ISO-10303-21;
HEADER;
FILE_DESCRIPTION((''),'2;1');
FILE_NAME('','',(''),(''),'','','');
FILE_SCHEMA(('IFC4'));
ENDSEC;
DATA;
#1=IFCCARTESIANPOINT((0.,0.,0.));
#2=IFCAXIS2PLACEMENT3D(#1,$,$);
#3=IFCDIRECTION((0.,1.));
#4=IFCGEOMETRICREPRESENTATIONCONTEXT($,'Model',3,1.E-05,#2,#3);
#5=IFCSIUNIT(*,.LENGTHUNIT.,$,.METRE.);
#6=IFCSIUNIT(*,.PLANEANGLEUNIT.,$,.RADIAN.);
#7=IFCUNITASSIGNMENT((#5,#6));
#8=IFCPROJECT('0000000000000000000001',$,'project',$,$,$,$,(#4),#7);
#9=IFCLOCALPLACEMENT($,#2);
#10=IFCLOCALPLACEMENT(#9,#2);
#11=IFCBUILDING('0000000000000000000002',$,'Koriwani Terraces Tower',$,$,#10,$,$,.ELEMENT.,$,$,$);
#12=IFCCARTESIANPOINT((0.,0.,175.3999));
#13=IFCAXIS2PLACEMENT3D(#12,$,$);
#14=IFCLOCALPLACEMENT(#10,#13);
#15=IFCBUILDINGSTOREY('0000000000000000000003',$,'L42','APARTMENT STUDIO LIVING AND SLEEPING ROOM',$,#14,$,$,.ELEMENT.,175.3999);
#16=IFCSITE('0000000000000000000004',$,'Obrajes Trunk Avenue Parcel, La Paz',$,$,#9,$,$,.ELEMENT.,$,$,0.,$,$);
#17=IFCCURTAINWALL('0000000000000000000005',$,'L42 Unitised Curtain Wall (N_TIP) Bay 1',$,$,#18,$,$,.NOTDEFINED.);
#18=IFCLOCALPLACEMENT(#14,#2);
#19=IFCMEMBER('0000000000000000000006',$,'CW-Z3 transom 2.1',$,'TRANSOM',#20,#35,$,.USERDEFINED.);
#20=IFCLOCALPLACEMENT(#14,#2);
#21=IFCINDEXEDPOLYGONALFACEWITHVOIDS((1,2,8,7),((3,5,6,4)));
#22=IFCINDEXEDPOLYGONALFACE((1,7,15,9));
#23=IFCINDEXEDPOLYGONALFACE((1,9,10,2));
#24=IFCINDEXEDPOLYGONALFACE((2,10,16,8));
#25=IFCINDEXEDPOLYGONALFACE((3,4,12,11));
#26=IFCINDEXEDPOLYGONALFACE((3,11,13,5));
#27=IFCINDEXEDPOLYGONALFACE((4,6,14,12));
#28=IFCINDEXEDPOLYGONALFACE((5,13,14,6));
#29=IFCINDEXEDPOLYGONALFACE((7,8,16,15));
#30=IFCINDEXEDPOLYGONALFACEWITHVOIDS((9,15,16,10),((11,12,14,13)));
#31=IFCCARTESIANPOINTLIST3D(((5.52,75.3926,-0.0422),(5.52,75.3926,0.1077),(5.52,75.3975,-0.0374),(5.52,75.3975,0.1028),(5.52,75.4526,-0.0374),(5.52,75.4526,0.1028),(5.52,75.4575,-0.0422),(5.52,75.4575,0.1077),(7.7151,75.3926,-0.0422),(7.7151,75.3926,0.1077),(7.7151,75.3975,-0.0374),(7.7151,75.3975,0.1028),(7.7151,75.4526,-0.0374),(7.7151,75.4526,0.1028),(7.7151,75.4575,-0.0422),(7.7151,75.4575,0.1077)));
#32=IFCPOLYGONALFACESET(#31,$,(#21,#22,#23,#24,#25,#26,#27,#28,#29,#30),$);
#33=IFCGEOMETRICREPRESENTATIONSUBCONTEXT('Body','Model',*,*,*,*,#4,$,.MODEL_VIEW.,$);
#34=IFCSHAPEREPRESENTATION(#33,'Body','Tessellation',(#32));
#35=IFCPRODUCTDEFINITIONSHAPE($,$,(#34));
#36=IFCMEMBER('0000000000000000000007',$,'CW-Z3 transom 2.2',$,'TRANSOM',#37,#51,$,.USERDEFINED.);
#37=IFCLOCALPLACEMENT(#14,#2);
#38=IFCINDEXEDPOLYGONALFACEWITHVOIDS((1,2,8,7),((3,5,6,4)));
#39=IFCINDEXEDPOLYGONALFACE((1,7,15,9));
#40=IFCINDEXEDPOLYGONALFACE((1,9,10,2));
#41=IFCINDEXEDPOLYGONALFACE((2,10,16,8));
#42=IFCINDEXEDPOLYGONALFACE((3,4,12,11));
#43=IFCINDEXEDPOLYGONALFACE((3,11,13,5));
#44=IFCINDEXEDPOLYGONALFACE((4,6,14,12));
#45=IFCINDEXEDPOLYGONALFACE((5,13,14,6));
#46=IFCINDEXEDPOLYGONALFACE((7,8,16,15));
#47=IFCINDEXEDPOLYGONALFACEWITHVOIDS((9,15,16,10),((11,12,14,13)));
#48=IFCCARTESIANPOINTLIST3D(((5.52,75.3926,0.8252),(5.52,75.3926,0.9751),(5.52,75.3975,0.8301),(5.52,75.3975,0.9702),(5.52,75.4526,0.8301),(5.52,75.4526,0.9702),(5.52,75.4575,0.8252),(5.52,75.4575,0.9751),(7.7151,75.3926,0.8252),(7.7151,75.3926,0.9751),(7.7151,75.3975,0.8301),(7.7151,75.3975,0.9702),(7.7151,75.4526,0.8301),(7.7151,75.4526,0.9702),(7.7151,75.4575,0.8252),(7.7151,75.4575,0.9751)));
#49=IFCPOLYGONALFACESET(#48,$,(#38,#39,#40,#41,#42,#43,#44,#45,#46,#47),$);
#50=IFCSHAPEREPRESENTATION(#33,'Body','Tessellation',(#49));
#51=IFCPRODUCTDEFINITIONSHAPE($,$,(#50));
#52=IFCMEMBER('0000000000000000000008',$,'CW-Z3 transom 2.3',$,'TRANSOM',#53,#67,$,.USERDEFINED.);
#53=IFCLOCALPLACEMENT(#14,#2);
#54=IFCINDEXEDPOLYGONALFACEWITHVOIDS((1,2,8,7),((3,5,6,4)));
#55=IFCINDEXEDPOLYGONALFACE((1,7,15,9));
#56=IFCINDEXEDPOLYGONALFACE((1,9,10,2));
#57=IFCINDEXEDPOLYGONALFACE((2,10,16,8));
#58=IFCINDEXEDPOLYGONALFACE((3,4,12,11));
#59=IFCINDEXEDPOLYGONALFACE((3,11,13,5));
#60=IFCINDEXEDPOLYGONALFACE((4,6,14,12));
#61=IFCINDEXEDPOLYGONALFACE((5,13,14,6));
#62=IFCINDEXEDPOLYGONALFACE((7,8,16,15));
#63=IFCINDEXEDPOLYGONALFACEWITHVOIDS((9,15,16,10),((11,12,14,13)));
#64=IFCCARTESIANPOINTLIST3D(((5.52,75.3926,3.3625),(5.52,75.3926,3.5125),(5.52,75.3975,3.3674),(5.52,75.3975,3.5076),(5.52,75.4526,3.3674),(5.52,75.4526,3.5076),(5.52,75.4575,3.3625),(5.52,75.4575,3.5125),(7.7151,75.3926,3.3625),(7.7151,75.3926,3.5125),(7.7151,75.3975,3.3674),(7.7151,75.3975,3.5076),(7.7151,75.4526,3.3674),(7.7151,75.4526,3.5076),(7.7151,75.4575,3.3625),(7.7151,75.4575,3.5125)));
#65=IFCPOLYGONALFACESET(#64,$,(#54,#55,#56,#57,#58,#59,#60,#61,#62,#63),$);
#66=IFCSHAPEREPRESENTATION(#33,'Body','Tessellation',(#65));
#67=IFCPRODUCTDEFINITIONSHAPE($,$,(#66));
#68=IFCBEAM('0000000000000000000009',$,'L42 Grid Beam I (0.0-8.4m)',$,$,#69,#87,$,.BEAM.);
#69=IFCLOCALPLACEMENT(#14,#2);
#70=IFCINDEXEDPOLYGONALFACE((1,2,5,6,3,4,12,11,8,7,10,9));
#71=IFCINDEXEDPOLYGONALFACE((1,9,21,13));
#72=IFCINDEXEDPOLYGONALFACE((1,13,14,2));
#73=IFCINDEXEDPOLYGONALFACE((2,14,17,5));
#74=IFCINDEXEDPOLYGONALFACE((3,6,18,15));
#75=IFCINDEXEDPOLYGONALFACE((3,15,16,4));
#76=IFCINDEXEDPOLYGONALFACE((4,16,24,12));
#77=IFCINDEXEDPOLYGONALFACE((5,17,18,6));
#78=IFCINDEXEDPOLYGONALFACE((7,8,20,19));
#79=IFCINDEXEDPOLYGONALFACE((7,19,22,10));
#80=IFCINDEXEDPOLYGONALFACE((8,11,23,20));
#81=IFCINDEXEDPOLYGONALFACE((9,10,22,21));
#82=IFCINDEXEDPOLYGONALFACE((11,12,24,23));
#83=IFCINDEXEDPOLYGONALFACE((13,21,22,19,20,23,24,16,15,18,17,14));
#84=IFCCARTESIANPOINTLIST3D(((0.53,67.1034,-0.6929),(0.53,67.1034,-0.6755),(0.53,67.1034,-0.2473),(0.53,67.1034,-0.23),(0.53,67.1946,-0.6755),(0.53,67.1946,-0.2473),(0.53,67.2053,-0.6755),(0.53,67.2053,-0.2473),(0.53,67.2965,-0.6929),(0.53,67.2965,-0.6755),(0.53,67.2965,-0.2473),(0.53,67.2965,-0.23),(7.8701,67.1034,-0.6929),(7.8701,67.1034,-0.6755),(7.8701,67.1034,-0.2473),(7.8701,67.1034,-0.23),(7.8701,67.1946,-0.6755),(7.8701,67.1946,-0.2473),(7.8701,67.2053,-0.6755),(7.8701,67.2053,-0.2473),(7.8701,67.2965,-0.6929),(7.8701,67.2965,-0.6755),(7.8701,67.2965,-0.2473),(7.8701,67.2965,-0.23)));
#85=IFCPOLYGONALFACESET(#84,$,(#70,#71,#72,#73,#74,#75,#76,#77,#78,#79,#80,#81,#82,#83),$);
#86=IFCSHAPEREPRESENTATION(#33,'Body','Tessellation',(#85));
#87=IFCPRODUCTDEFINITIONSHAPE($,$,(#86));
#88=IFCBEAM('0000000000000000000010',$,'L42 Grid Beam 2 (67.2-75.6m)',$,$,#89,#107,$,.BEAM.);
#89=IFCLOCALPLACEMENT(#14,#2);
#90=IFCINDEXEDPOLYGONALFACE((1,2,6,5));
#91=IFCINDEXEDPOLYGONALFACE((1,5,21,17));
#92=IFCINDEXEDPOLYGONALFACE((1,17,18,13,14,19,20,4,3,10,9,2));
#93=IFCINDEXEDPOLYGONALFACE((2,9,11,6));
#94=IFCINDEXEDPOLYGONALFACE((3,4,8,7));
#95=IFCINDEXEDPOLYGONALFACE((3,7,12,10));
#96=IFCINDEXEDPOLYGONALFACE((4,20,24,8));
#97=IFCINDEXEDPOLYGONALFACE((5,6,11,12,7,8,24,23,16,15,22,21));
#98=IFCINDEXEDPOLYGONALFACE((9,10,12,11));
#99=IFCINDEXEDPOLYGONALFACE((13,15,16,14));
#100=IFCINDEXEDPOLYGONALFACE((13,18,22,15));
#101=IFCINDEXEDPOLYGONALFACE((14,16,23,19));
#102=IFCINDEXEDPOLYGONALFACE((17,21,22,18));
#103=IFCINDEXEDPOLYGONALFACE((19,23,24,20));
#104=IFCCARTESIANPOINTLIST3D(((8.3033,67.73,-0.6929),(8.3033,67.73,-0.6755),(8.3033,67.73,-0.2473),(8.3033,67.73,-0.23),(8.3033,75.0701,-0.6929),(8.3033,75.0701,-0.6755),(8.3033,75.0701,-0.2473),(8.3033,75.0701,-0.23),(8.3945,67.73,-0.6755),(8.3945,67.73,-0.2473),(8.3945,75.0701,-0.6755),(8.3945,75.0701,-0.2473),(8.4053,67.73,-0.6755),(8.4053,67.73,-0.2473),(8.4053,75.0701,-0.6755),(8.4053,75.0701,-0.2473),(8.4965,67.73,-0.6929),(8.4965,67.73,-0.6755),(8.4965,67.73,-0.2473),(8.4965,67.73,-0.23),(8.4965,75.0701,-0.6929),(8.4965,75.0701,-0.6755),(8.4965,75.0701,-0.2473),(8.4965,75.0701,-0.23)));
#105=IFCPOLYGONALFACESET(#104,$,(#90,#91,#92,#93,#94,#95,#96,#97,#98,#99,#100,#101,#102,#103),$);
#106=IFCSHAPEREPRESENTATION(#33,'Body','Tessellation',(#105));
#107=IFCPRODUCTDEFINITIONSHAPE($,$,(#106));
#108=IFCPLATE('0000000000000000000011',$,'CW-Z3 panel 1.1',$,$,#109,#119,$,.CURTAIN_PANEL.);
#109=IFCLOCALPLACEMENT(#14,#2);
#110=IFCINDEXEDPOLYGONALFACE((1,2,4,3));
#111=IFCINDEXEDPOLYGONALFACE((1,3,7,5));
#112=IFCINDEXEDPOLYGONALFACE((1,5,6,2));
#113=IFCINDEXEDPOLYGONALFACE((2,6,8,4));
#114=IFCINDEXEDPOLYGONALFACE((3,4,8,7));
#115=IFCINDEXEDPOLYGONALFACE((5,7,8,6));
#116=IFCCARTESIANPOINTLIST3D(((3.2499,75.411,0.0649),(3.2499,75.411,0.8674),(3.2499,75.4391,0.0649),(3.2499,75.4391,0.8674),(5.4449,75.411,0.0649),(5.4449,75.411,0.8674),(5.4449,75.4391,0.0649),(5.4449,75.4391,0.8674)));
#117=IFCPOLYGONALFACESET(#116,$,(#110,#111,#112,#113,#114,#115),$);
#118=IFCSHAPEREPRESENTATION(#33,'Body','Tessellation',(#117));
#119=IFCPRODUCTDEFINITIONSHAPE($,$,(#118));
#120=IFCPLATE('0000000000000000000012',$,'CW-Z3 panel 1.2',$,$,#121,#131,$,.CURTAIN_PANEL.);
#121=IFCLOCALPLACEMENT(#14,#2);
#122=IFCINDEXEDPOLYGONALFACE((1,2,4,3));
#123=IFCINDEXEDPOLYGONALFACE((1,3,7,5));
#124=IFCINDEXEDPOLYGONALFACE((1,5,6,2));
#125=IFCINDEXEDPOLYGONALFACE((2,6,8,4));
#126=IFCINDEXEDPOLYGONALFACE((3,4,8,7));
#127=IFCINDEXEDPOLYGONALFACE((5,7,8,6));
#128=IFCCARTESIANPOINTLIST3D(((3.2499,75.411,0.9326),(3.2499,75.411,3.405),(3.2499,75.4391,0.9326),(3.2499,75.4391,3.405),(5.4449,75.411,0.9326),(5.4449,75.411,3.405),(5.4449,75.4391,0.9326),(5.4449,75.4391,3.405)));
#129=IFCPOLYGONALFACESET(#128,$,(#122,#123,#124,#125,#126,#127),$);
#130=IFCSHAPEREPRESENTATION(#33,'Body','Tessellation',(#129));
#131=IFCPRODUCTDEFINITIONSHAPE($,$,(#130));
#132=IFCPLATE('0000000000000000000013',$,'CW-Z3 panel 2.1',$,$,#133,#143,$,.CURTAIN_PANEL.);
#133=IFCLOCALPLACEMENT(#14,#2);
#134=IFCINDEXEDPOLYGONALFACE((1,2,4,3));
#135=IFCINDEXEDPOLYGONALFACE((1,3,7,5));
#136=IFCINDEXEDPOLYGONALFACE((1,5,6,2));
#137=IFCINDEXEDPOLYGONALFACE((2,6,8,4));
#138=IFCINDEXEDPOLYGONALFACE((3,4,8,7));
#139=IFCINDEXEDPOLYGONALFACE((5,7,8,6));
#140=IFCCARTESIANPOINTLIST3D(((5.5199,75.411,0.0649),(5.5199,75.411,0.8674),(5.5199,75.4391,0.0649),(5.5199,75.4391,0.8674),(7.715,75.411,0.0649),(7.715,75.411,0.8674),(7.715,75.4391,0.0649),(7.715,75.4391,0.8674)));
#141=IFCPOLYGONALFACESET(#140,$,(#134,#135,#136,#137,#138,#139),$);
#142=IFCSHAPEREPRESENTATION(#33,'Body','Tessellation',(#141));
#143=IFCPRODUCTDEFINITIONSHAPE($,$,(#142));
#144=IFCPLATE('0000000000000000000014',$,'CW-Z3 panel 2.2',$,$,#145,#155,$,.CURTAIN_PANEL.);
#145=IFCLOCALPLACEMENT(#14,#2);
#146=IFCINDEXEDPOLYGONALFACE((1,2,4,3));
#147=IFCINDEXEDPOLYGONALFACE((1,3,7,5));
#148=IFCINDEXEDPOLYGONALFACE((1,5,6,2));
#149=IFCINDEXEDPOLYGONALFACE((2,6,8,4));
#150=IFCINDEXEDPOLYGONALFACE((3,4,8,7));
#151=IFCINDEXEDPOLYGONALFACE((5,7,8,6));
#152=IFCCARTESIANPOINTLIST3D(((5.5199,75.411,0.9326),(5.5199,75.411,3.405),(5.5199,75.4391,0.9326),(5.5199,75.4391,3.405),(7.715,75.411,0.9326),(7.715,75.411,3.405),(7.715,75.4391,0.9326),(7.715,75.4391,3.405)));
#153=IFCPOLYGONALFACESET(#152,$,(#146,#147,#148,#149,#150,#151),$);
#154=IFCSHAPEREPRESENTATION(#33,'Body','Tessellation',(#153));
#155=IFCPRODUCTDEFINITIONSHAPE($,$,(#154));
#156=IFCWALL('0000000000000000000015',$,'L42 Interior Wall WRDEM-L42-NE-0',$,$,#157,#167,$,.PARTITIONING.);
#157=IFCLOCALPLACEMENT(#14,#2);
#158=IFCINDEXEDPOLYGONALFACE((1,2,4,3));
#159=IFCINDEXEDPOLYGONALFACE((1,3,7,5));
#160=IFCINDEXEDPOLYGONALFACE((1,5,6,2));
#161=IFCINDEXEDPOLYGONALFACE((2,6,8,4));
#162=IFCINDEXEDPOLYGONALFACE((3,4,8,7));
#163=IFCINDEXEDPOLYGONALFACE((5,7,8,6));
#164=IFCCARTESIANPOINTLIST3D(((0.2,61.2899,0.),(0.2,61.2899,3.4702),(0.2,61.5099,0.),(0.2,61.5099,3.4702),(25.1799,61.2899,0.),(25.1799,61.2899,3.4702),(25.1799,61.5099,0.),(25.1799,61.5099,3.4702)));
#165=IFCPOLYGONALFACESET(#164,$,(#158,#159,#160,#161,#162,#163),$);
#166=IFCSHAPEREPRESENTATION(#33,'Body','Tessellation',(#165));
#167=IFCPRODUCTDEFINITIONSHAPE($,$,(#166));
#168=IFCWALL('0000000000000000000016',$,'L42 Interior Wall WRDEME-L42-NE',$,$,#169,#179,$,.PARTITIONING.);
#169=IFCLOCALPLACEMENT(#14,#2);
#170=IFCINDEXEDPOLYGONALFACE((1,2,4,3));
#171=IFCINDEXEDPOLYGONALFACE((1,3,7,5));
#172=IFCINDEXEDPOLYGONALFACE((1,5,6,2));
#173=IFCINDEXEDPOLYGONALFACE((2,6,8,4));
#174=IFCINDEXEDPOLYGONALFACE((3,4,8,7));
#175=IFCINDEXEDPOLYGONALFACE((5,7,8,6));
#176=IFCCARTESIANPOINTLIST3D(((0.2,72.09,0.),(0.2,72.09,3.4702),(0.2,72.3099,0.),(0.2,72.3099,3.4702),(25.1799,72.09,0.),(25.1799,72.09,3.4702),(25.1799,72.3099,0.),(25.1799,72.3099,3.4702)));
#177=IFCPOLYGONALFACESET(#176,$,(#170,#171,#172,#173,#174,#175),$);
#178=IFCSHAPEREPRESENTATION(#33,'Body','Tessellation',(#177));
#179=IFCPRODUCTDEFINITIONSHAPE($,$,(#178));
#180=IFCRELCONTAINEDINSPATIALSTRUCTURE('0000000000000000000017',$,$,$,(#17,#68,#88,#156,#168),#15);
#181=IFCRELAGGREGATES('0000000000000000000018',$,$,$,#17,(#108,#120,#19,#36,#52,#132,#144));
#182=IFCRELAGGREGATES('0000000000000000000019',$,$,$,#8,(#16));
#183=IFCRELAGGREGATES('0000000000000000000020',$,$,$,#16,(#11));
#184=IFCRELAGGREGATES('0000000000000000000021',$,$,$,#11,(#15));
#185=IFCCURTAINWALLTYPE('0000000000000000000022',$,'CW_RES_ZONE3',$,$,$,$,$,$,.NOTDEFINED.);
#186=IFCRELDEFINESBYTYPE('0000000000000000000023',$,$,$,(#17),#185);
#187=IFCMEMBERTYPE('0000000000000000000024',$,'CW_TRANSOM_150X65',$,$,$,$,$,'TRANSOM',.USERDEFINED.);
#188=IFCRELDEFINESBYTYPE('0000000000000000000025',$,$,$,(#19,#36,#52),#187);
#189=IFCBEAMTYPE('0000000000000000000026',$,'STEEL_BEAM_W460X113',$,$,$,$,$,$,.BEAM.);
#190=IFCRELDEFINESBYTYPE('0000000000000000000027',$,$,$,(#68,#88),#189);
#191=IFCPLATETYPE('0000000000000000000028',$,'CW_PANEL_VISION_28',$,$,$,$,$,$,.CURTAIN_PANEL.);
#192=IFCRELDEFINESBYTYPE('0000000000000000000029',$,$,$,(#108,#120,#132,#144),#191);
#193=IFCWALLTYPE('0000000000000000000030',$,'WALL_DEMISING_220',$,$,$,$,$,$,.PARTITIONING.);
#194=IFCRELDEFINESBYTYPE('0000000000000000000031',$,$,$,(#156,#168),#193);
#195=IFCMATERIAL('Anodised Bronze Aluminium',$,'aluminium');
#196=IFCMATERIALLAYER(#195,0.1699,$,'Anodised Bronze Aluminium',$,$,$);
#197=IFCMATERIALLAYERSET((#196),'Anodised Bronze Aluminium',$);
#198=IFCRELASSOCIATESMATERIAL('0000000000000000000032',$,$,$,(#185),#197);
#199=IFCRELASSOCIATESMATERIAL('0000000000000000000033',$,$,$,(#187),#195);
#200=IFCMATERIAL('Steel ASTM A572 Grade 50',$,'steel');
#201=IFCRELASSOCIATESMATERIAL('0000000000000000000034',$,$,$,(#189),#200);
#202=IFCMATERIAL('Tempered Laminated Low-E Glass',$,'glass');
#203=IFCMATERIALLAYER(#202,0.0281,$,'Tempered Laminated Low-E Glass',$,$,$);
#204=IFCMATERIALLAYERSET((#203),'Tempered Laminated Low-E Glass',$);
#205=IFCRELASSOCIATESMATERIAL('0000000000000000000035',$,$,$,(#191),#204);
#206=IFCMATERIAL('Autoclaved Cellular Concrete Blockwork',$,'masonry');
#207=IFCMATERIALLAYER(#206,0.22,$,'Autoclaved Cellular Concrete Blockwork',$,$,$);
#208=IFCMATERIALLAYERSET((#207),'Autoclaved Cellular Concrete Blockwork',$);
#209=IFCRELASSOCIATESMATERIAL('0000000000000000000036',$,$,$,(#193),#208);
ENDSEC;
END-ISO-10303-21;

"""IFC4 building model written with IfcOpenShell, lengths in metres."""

from ifc_helpers import new_model, si_unit, direction, frame, frame_2d, origin, origin_2d, place, context, subcontext, project, spatial, rectangle, hollow_rectangle, i_section, extrude, material, layer, layer_set, material_profile, profile_set, type_object, element, aggregate, save


model = new_model("IFC4")

# Units and contexts
model_context = context("Model", 3, precision=1e-05, world=origin(), true_north=direction((0.0, 1.0)))
body_context = subcontext(model_context, "Body", "Model", "MODEL_VIEW")
ifc_project = project(units=[si_unit("LENGTHUNIT", "METRE"), si_unit("PLANEANGLEUNIT", "RADIAN")], contexts=[model_context])

# Site, building, storey
site_placement = place(None, origin())
site = spatial("IfcSite", under=ifc_project, at=site_placement, Name="Obrajes Trunk Avenue Parcel, La Paz", CompositionType="ELEMENT", RefElevation=0.0)
building_placement = place(site_placement, origin())
building = spatial("IfcBuilding", under=site, at=building_placement, Name="Koriwani Terraces Tower", CompositionType="ELEMENT")
storey_placement = place(building_placement, frame((0.0, 0.0, 175.3999)))
storey = spatial("IfcBuildingStorey", under=building, at=storey_placement, Name="L42", Description="APARTMENT STUDIO LIVING AND SLEEPING ROOM", CompositionType="ELEMENT", Elevation=175.3999)

# Curtain wall, members
ifc_material_1 = material(Name="Anodised Bronze Aluminium", Category="aluminium")
ifc_layer_1 = layer(ifc_material_1, 0.1699, Name="Anodised Bronze Aluminium")
ifc_layer_set_1 = layer_set([ifc_layer_1], Name="Anodised Bronze Aluminium")
curtain_wall_type = type_object("IfcCurtainWallType", Name="CW_RES_ZONE3", PredefinedType="NOTDEFINED", material=ifc_layer_set_1)
curtain_wall_placement = place(storey_placement, origin())
curtain_wall = element("IfcCurtainWall", 1, at=curtain_wall_placement, inside=storey, type_object=curtain_wall_type, Name="L42 Unitised Curtain Wall (N_TIP) Bay 1", PredefinedType="NOTDEFINED")
ifc_material_profile_1 = material_profile(ifc_material_1, hollow_rectangle(XDim=0.0649, YDim=0.1499, WallThickness=0.0049, at=origin_2d()), Name="Anodised Bronze Aluminium", Category="LoadBearing")
ifc_profile_set_1 = profile_set([ifc_material_profile_1], Name="Anodised Bronze Aluminium")
member_type_1 = type_object("IfcMemberType", Name="CW_TRANSOM_150X65", ElementType="TRANSOM", PredefinedType="USERDEFINED", material=ifc_profile_set_1)
member_1_placement = place(storey_placement, frame((5.52, 75.425, 0.0327), z_axis=(1.0, 0.0, 0.0), x_axis=(0.0, 1.0, 0.0)))
member_1 = element("IfcMember", 2, at=member_1_placement, type_object=member_type_1, Name="CW-Z3 transom 2.1", ObjectType="TRANSOM", PredefinedType="USERDEFINED", context=body_context, shape_type="SweptSolid", body=[
    extrude(hollow_rectangle(XDim=0.0649, YDim=0.1499, WallThickness=0.0049, at=origin_2d()), origin(), (0.0, 0.0, 1.0), 2.1951),
])
member_2_placement = place(storey_placement, frame((5.52, 75.425, 0.9001), z_axis=(1.0, 0.0, 0.0), x_axis=(0.0, 1.0, 0.0)))
member_2 = element("IfcMember", 3, at=member_2_placement, type_object=member_type_1, Name="CW-Z3 transom 2.2", ObjectType="TRANSOM", PredefinedType="USERDEFINED", context=body_context, shape_type="SweptSolid", body=[
    extrude(hollow_rectangle(XDim=0.0649, YDim=0.1499, WallThickness=0.0049, at=origin_2d()), origin(), (0.0, 0.0, 1.0), 2.1951),
])
member_3_placement = place(storey_placement, frame((5.52, 75.425, 3.4375), z_axis=(1.0, 0.0, 0.0), x_axis=(0.0, 1.0, 0.0)))
member_3 = element("IfcMember", 4, at=member_3_placement, type_object=member_type_1, Name="CW-Z3 transom 2.3", ObjectType="TRANSOM", PredefinedType="USERDEFINED", context=body_context, shape_type="SweptSolid", body=[
    extrude(hollow_rectangle(XDim=0.0649, YDim=0.1499, WallThickness=0.0049, at=origin_2d()), origin(), (0.0, 0.0, 1.0), 2.1951),
])

# Beams
ifc_material_2 = material(Name="Steel ASTM A572 Grade 50", Category="steel")
ifc_material_profile_2 = material_profile(ifc_material_2, i_section(OverallWidth=0.1931, OverallDepth=0.4629, WebThickness=0.0107, FlangeThickness=0.0173, at=origin_2d()), Name="Steel ASTM A572 Grade 50", Category="LoadBearing")
ifc_profile_set_2 = profile_set([ifc_material_profile_2], Name="Steel ASTM A572 Grade 50")
beam_type_1 = type_object("IfcBeamType", Name="STEEL_BEAM_W460X113", PredefinedType="BEAM", material=ifc_profile_set_2)
for number, where, z_axis, x_axis, name in (
    (5, (0.53, 67.2, -0.4614), (1.0, 0.0, 0.0), (0.0, 1.0, 0.0), "L42 Grid Beam I (0.0-8.4m)"),
    (6, (8.3999, 67.73, -0.4614), (0.0, 1.0, 0.0), (-1.0, 0.0, 0.0), "L42 Grid Beam 2 (67.2-75.6m)"),
):
    element("IfcBeam", number, at=place(storey_placement, frame(where, z_axis=z_axis, x_axis=x_axis)), inside=storey, type_object=beam_type_1, Name=name, PredefinedType="BEAM", context=body_context, shape_type="SweptSolid", body=[
        extrude(i_section(OverallWidth=0.1931, OverallDepth=0.4629, WebThickness=0.0107, FlangeThickness=0.0173, at=origin_2d()), origin(), (0.0, 0.0, 1.0), 7.3401),
    ])

# Plates
ifc_material_3 = material(Name="Tempered Laminated Low-E Glass", Category="glass")
ifc_layer_2 = layer(ifc_material_3, 0.0281, Name="Tempered Laminated Low-E Glass")
ifc_layer_set_2 = layer_set([ifc_layer_2], Name="Tempered Laminated Low-E Glass")
plate_type = type_object("IfcPlateType", Name="CW_PANEL_VISION_28", PredefinedType="CURTAIN_PANEL", material=ifc_layer_set_2)
plate_1_placement = place(storey_placement, frame((4.3474, 75.425, 0.0649), z_axis=(0.0, 0.0, 1.0), x_axis=(1.0, 0.0, 0.0)))
plate_1 = element("IfcPlate", 7, at=plate_1_placement, type_object=plate_type, Name="CW-Z3 panel 1.1", PredefinedType="CURTAIN_PANEL", context=body_context, shape_type="SweptSolid", body=[
    extrude(rectangle(XDim=2.1951, YDim=0.0281, at=origin_2d()), origin(), (0.0, 0.0, 1.0), 0.8025),
])
plate_2_placement = place(storey_placement, frame((4.3474, 75.425, 0.9326), z_axis=(0.0, 0.0, 1.0), x_axis=(1.0, 0.0, 0.0)))
plate_2 = element("IfcPlate", 8, at=plate_2_placement, type_object=plate_type, Name="CW-Z3 panel 1.2", PredefinedType="CURTAIN_PANEL", context=body_context, shape_type="SweptSolid", body=[
    extrude(rectangle(XDim=2.1951, YDim=0.0281, at=origin_2d()), origin(), (0.0, 0.0, 1.0), 2.4724),
])
plate_3_placement = place(storey_placement, frame((6.6174, 75.425, 0.0649), z_axis=(0.0, 0.0, 1.0), x_axis=(1.0, 0.0, 0.0)))
plate_3 = element("IfcPlate", 9, at=plate_3_placement, type_object=plate_type, Name="CW-Z3 panel 2.1", PredefinedType="CURTAIN_PANEL", context=body_context, shape_type="SweptSolid", body=[
    extrude(rectangle(XDim=2.1951, YDim=0.0281, at=origin_2d()), origin(), (0.0, 0.0, 1.0), 0.8025),
])
plate_4_placement = place(storey_placement, frame((6.6174, 75.425, 0.9326), z_axis=(0.0, 0.0, 1.0), x_axis=(1.0, 0.0, 0.0)))
plate_4 = element("IfcPlate", 10, at=plate_4_placement, type_object=plate_type, Name="CW-Z3 panel 2.2", PredefinedType="CURTAIN_PANEL", context=body_context, shape_type="SweptSolid", body=[
    extrude(rectangle(XDim=2.1951, YDim=0.0281, at=origin_2d()), origin(), (0.0, 0.0, 1.0), 2.4724),
])
aggregate(curtain_wall, [plate_1, plate_2, member_1, member_2, member_3, plate_3, plate_4])

# Walls
ifc_material_4 = material(Name="Autoclaved Cellular Concrete Blockwork", Category="masonry")
ifc_layer_3 = layer(ifc_material_4, 0.22, Name="Autoclaved Cellular Concrete Blockwork")
ifc_layer_set_3 = layer_set([ifc_layer_3], Name="Autoclaved Cellular Concrete Blockwork")
wall_type_1 = type_object("IfcWallType", Name="WALL_DEMISING_220", PredefinedType="PARTITIONING", material=ifc_layer_set_3)
for number, where, z_axis, x_axis, name in (
    (11, (0.2, 61.3999, 0.0), (0.0, 0.0, 1.0), (1.0, 0.0, 0.0), "L42 Interior Wall WRDEM-L42-NE-0"),
    (12, (0.2, 72.2, 0.0), (0.0, 0.0, 1.0), (1.0, 0.0, 0.0), "L42 Interior Wall WRDEME-L42-NE"),
):
    element("IfcWall", number, at=place(storey_placement, frame(where, z_axis=z_axis, x_axis=x_axis)), inside=storey, type_object=wall_type_1, Name=name, PredefinedType="PARTITIONING", context=body_context, shape_type="SweptSolid", body=[
        extrude(rectangle(XDim=24.98, YDim=0.22, at=frame_2d((12.49, 0.0))), origin(), (0.0, 0.0, 1.0), 3.4702),
    ])

save(model, "model.ifc")
